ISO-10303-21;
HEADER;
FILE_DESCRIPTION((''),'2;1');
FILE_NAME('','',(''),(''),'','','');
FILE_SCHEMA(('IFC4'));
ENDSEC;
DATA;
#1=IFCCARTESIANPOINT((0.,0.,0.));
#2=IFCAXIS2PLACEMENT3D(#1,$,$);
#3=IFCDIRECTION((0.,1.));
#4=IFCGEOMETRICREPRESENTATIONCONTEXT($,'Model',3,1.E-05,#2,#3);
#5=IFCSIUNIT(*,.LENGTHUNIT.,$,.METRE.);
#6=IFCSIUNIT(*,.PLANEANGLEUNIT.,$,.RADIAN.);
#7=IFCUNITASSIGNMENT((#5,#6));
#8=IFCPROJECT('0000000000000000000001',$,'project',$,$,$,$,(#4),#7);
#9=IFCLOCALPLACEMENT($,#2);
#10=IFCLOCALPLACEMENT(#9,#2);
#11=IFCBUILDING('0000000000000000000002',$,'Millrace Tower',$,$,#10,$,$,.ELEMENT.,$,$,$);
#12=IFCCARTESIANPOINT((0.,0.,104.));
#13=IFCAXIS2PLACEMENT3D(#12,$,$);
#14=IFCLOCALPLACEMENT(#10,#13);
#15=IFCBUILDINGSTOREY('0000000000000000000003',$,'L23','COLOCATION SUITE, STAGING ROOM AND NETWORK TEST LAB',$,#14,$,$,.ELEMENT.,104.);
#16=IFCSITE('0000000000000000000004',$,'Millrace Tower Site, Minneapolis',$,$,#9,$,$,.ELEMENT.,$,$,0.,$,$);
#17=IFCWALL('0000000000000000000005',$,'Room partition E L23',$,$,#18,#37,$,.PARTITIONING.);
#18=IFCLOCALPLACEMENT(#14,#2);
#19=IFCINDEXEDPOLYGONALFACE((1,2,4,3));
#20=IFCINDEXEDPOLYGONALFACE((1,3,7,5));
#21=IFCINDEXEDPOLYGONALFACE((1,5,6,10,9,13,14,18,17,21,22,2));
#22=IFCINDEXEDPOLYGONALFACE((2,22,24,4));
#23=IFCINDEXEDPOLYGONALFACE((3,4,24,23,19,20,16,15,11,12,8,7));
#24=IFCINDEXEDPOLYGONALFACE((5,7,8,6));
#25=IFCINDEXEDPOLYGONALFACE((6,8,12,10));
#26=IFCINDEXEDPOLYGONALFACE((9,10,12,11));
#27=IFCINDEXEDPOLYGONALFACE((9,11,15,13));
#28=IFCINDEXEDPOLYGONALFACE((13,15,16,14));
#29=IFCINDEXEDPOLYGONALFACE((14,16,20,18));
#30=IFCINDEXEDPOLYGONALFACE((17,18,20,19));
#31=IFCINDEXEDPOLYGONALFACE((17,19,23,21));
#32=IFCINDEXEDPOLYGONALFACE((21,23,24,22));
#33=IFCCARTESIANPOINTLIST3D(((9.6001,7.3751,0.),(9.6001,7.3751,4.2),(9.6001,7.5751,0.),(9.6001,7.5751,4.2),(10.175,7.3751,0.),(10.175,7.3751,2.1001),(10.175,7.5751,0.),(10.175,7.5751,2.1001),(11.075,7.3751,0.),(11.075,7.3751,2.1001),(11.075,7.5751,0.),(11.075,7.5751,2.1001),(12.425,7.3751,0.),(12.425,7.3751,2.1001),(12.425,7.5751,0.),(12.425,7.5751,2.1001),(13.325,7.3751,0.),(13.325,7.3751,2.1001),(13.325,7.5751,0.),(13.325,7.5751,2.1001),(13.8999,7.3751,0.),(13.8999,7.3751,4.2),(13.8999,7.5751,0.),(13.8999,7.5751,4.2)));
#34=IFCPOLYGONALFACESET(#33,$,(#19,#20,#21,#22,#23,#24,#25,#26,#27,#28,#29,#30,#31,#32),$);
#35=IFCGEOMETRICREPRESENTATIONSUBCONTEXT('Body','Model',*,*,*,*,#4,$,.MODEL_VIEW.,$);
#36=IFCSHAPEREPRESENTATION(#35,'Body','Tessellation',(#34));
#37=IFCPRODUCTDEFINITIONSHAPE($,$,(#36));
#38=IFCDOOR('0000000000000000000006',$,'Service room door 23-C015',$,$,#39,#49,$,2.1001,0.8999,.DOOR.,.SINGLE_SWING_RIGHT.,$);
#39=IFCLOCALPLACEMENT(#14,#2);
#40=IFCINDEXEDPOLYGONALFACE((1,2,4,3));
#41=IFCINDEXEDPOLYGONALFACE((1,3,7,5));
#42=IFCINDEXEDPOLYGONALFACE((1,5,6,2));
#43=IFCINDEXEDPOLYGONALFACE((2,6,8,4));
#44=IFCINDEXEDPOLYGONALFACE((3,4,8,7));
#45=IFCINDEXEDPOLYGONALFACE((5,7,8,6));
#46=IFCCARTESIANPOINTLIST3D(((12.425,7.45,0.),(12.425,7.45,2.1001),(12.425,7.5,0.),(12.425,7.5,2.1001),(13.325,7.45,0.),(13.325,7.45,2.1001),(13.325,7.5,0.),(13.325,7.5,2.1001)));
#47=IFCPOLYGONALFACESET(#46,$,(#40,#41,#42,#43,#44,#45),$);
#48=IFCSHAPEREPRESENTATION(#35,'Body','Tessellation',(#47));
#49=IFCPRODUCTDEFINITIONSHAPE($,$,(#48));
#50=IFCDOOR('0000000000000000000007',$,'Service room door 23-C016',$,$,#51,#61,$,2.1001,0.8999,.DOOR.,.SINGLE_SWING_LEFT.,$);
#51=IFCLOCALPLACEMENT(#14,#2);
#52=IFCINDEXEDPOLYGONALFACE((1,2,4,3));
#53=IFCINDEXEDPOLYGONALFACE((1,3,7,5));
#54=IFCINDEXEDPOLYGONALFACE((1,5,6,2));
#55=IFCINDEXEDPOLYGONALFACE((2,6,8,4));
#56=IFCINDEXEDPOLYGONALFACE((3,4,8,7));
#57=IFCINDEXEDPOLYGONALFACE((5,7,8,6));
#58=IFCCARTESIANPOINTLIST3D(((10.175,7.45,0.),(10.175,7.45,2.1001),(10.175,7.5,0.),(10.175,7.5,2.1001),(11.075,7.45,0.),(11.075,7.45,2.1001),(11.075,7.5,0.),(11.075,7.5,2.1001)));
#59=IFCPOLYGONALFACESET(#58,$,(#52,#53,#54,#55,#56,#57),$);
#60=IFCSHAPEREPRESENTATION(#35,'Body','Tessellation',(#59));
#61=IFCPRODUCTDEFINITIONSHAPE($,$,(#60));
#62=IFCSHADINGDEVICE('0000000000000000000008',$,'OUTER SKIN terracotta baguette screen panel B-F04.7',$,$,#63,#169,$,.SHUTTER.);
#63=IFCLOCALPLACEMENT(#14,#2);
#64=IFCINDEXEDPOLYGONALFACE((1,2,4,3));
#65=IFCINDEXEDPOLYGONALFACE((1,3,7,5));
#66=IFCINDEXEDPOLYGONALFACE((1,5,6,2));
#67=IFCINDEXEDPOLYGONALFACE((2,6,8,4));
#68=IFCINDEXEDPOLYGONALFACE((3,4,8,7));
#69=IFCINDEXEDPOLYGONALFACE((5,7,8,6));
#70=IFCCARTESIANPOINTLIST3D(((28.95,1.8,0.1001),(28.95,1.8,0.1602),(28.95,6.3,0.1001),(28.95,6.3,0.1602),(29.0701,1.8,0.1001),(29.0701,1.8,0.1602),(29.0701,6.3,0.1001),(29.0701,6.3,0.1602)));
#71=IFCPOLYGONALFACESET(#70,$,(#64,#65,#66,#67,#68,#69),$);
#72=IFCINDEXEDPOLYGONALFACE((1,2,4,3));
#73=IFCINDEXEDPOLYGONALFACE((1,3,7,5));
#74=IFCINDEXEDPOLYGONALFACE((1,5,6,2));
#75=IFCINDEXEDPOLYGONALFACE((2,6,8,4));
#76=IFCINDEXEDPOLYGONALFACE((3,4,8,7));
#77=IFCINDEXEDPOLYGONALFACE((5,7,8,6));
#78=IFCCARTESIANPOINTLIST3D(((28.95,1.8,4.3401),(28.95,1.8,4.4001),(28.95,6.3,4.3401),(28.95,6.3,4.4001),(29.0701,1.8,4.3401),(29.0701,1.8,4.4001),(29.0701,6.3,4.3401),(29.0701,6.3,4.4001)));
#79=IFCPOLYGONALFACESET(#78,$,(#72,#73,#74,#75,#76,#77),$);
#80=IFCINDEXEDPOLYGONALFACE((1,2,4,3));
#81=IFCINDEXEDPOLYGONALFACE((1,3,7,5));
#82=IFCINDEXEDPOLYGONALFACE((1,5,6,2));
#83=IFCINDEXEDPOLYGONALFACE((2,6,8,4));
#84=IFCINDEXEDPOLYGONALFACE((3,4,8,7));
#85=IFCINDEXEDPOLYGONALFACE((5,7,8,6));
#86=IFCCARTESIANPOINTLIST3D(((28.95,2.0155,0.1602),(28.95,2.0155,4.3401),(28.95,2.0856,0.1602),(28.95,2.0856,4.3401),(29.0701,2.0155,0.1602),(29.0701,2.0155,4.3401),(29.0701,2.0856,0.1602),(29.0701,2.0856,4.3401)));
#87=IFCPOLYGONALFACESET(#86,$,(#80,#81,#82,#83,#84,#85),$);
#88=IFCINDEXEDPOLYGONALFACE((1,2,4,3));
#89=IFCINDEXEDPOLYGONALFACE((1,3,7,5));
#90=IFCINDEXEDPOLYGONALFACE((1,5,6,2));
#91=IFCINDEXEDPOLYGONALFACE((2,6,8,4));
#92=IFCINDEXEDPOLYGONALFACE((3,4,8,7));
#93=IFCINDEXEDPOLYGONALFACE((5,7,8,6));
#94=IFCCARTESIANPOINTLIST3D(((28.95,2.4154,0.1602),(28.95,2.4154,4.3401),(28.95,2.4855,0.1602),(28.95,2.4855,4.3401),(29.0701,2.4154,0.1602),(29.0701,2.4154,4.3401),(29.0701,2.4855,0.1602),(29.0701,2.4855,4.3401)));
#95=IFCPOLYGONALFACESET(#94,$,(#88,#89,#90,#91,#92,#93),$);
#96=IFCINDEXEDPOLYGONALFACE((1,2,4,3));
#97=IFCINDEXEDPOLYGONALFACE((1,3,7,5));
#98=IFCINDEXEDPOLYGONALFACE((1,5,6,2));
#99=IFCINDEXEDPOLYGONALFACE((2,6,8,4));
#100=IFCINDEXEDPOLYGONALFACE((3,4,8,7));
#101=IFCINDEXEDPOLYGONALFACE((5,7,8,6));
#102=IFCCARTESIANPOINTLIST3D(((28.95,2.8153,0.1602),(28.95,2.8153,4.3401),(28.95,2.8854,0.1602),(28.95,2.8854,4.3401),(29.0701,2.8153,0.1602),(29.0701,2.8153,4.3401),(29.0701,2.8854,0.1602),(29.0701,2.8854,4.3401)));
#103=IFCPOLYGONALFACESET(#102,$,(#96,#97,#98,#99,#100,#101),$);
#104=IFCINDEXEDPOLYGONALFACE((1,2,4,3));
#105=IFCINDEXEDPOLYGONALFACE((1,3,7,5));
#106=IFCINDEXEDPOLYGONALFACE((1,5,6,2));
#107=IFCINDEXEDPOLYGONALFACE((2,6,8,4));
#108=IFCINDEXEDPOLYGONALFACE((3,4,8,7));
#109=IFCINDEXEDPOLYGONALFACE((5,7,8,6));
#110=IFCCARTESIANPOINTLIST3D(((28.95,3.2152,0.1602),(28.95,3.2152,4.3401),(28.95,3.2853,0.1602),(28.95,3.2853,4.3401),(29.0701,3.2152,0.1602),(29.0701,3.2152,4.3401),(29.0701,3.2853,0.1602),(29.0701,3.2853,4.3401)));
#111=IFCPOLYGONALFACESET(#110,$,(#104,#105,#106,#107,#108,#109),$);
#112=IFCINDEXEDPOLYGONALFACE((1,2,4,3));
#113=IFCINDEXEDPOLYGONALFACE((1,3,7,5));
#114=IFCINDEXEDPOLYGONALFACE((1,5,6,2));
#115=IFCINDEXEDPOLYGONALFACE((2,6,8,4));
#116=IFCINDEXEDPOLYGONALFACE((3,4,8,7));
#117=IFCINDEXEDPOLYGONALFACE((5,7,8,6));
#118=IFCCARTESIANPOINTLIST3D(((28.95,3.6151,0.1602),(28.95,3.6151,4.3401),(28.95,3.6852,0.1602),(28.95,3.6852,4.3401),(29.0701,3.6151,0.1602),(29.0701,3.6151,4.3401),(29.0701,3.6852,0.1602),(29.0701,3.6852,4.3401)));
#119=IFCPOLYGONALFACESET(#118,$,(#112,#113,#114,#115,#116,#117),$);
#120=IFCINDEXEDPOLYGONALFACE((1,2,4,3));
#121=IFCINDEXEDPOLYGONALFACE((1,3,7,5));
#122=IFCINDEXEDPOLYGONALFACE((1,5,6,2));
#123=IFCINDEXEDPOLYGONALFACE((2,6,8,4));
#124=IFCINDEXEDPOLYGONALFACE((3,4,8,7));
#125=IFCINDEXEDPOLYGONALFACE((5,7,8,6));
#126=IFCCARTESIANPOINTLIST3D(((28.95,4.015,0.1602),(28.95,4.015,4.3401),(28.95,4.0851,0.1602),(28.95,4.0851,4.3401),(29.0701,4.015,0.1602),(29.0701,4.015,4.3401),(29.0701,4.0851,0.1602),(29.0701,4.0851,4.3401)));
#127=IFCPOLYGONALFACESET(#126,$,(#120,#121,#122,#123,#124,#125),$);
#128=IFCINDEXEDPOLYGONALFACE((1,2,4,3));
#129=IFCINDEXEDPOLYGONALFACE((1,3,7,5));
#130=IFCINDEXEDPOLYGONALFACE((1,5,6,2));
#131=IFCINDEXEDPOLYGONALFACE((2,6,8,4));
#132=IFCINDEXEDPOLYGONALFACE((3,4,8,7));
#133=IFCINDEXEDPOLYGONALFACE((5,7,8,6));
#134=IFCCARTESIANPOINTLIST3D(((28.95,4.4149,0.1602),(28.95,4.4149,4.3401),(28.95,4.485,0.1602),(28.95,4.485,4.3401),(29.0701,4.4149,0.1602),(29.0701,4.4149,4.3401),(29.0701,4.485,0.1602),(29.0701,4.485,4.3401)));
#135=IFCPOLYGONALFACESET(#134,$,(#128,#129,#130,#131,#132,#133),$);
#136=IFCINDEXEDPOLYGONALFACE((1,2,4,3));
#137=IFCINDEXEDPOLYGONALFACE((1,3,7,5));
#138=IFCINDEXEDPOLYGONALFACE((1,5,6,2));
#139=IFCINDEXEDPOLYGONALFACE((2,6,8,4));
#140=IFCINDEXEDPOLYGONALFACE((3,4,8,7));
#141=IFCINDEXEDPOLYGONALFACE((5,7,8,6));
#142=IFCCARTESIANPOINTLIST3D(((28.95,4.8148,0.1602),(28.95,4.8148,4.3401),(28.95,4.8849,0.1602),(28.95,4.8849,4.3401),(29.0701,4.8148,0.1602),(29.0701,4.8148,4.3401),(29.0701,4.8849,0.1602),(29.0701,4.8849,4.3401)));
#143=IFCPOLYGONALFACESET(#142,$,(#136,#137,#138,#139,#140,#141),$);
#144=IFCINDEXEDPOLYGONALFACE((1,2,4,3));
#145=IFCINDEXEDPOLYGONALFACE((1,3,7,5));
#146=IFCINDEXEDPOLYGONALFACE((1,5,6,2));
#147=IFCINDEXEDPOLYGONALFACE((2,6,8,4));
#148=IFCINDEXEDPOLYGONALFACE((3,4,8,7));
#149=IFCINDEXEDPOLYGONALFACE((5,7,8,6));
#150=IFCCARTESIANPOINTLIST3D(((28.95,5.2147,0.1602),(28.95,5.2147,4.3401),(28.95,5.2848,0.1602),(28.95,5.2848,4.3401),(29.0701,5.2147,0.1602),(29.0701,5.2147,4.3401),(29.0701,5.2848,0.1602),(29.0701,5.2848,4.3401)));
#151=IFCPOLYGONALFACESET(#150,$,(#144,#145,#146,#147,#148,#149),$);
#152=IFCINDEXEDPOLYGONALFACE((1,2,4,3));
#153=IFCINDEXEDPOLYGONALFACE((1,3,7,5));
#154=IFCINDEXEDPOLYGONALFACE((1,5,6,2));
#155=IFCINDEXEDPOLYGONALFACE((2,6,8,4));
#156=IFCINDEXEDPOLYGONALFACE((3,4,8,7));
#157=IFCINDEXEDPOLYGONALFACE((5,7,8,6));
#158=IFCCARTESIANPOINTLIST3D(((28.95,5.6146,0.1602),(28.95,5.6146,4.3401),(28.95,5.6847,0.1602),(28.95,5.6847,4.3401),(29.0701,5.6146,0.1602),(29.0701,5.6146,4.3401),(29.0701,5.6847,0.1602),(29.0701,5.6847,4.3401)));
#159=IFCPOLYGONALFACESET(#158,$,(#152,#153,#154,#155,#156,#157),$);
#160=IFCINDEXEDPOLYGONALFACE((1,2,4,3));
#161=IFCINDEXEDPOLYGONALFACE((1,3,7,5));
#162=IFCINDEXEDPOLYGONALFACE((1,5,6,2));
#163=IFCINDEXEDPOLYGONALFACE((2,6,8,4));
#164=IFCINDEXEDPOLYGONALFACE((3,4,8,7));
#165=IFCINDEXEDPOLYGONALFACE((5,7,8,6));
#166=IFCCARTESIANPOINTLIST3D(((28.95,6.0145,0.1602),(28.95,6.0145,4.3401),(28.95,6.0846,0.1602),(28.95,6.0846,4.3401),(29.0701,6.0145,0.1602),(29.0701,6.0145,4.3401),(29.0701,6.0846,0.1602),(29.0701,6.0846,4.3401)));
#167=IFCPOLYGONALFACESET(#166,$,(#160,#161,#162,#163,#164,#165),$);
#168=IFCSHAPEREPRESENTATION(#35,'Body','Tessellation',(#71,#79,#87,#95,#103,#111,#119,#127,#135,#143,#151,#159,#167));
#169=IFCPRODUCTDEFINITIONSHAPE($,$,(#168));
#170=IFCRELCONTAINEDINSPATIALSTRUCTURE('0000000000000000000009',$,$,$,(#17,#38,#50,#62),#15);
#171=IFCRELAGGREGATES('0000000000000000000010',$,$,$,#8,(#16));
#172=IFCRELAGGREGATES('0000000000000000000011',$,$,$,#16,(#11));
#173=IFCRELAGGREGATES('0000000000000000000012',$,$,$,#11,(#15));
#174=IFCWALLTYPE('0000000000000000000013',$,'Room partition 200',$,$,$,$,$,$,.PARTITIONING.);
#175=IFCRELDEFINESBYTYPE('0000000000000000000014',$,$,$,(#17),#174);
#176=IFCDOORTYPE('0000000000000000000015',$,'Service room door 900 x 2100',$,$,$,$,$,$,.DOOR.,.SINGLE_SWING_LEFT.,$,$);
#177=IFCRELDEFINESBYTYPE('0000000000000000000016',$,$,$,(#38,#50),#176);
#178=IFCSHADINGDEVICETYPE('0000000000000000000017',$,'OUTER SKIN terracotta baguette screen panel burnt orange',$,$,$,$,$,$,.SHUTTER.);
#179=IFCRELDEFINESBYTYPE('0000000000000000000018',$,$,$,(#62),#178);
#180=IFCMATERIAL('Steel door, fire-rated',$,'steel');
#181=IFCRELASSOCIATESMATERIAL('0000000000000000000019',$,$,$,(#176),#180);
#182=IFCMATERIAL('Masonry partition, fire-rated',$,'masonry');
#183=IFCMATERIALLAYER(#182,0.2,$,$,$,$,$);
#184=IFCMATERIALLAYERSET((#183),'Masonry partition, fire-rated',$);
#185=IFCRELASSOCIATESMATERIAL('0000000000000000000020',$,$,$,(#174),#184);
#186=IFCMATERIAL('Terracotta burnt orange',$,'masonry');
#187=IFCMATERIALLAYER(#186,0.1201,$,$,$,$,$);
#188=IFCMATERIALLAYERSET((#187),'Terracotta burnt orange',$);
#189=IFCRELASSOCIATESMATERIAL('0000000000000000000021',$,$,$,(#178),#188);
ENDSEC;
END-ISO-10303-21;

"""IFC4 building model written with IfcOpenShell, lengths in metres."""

from ifc_helpers import new_model, entity, si_unit, direction, frame, frame_2d, origin, origin_2d, place, context, subcontext, project, spatial, rectangle, extrude, source, transform, mapped, material, layer, layer_set, type_object, element, fill, save


model = new_model("IFC4")

# Units and contexts
model_context = context("Model", 3, precision=1e-05, world=origin(), true_north=direction((0.0, 1.0)))
body_context = subcontext(model_context, "Body", "Model", "MODEL_VIEW")
ifc_project = project(units=[si_unit("LENGTHUNIT", "METRE"), si_unit("PLANEANGLEUNIT", "RADIAN")], contexts=[model_context])

# Site, building, storey
site_placement = place(None, origin())
site = spatial("IfcSite", under=ifc_project, at=site_placement, Name="Millrace Tower Site, Minneapolis", CompositionType="ELEMENT", RefElevation=0.0)
building_placement = place(site_placement, origin())
building = spatial("IfcBuilding", under=site, at=building_placement, Name="Millrace Tower", CompositionType="ELEMENT")
storey_placement = place(building_placement, frame((0.0, 0.0, 104.0)))
storey = spatial("IfcBuildingStorey", under=building, at=storey_placement, Name="L23", Description="COLOCATION SUITE, STAGING ROOM AND NETWORK TEST LAB", CompositionType="ELEMENT", Elevation=104.0)

# Shared definitions
ifc_material_1 = material(Name="Steel door, fire-rated", Category="steel")
door_type_1 = type_object("IfcDoorType", Name="Service room door 900 x 2100", OperationType="SINGLE_SWING_LEFT", PredefinedType="DOOR", material=ifc_material_1)

# Wall, openings, doors
ifc_material_2 = material(Name="Masonry partition, fire-rated", Category="masonry")
ifc_layer_1 = layer(ifc_material_2, 0.2)
ifc_layer_set_1 = layer_set([ifc_layer_1], Name="Masonry partition, fire-rated")
wall_type_1 = type_object("IfcWallType", Name="Room partition 200", PredefinedType="PARTITIONING", material=ifc_layer_set_1)
wall_1_placement = place(storey_placement, frame((13.8999, 7.4751, 0.0), z_axis=(0.0, 0.0, 1.0), x_axis=(-1.0, 0.0, 0.0)))
wall_1 = element("IfcWall", 1, at=wall_1_placement, inside=storey, type_object=wall_type_1, Name="Room partition E L23", PredefinedType="PARTITIONING", context=body_context, shape_type="SweptSolid", body=[
    extrude(rectangle(XDim=4.2998, YDim=0.2, at=frame_2d((2.1499, 0.0))), origin(), (0.0, 0.0, 1.0), 4.2),
])
opening_1_placement = place(wall_1_placement, frame((0.575, 0.0, 0.0)))
opening_1 = element("IfcOpeningElement", 2, at=opening_1_placement, cuts=wall_1, PredefinedType="OPENING", context=body_context, shape_type="SweptSolid", body=[
    extrude(rectangle(XDim=0.8999, YDim=2.1001, at=frame_2d((0.45, 1.05))), frame((0.0, 0.1099, 0.0), z_axis=(0.0, -1.0, 0.0), x_axis=(1.0, 0.0, 0.0)), (0.0, 0.0, 1.0), 0.22),
])
opening_2_placement = place(wall_1_placement, frame((2.825, 0.0, 0.0)))
opening_2 = element("IfcOpeningElement", 3, at=opening_2_placement, cuts=wall_1, PredefinedType="OPENING", context=body_context, shape_type="SweptSolid", body=[
    extrude(rectangle(XDim=0.8999, YDim=2.1001, at=frame_2d((0.45, 1.05))), frame((0.0, 0.1099, 0.0), z_axis=(0.0, -1.0, 0.0), x_axis=(1.0, 0.0, 0.0)), (0.0, 0.0, 1.0), 0.22),
])
door_1_placement = place(opening_1_placement, frame((0.8999, 0.0, 0.0), z_axis=(0.0, 0.0, 1.0), x_axis=(-1.0, 0.0, 0.0)))
door_1 = element("IfcDoor", 4, at=door_1_placement, inside=storey, type_object=door_type_1, Name="Service room door 23-C015", OperationType="SINGLE_SWING_RIGHT", OverallHeight=2.1001, OverallWidth=0.8999, PredefinedType="DOOR", context=body_context, shape_type="SweptSolid", body=[
    extrude(rectangle(XDim=0.8999, YDim=2.1001, at=frame_2d((0.45, 1.05))), frame((0.0, 0.0249, 0.0), z_axis=(0.0, -1.0, 0.0), x_axis=(1.0, 0.0, 0.0)), (0.0, 0.0, 1.0), 0.05),
])
fill(opening_1, door_1)
door_2_placement = place(opening_2_placement, frame((0.8999, 0.0, 0.0), z_axis=(0.0, 0.0, 1.0), x_axis=(-1.0, 0.0, 0.0)))
door_2 = element("IfcDoor", 5, at=door_2_placement, inside=storey, type_object=door_type_1, Name="Service room door 23-C016", OperationType="SINGLE_SWING_LEFT", OverallHeight=2.1001, OverallWidth=0.8999, PredefinedType="DOOR", context=body_context, shape_type="SweptSolid", body=[
    extrude(rectangle(XDim=0.8999, YDim=2.1001, at=frame_2d((0.45, 1.05))), frame((0.0, 0.0249, 0.0), z_axis=(0.0, -1.0, 0.0), x_axis=(1.0, 0.0, 0.0)), (0.0, 0.0, 1.0), 0.05),
])
fill(opening_2, door_2)

# Shading device
ifc_material_3 = material(Name="Terracotta burnt orange", Category="masonry")
ifc_layer_2 = layer(ifc_material_3, 0.1201)
ifc_layer_set_2 = layer_set([ifc_layer_2], Name="Terracotta burnt orange")
shading_device_type = type_object("IfcShadingDeviceType", Name="OUTER SKIN terracotta baguette screen panel burnt orange", PredefinedType="SHUTTER", material=ifc_layer_set_2)
cartesian_point = entity("IfcCartesianPoint", [-2.25, 0.0601])
shared_polyline = entity("IfcPolyline", [cartesian_point, entity("IfcCartesianPoint", [2.25, 0.0601]), entity("IfcCartesianPoint", [2.25, -0.0601]), entity("IfcCartesianPoint", [-2.25, -0.0601]), cartesian_point])
shared_shape = source(origin(), body_context, "Body", "SweptSolid", [
    entity("IfcExtrudedAreaSolid", entity("IfcArbitraryClosedProfileDef", "AREA", None, shared_polyline), entity("IfcAxis2Placement3D", entity("IfcCartesianPoint", [0.0, 0.0, 0.0])), entity("IfcDirection", [0.0, 0.0, 1.0]), 0.0601),
    entity("IfcExtrudedAreaSolid", entity("IfcArbitraryClosedProfileDef", "AREA", None, shared_polyline), entity("IfcAxis2Placement3D", entity("IfcCartesianPoint", [0.0, 0.0, 4.24])), entity("IfcDirection", [0.0, 0.0, 1.0]), 0.0601),
    extrude(rectangle(XDim=0.0701, YDim=0.1201, at=frame_2d((-1.9995, 0.0))), frame((0.0, 0.0, 0.0601)), (0.0, 0.0, 1.0), 4.1799),
    extrude(rectangle(XDim=0.0701, YDim=0.1201, at=frame_2d((-1.5996, 0.0))), frame((0.0, 0.0, 0.0601)), (0.0, 0.0, 1.0), 4.1799),
    extrude(rectangle(XDim=0.0701, YDim=0.1201, at=frame_2d((-1.1997, 0.0))), frame((0.0, 0.0, 0.0601)), (0.0, 0.0, 1.0), 4.1799),
    extrude(rectangle(XDim=0.0701, YDim=0.1201, at=frame_2d((-0.7998, 0.0))), frame((0.0, 0.0, 0.0601)), (0.0, 0.0, 1.0), 4.1799),
    extrude(rectangle(XDim=0.0701, YDim=0.1201, at=frame_2d((-0.3999, 0.0))), frame((0.0, 0.0, 0.0601)), (0.0, 0.0, 1.0), 4.1799),
    extrude(rectangle(XDim=0.0701, YDim=0.1201, at=origin_2d()), frame((0.0, 0.0, 0.0601)), (0.0, 0.0, 1.0), 4.1799),
    extrude(rectangle(XDim=0.0701, YDim=0.1201, at=frame_2d((0.3999, 0.0))), frame((0.0, 0.0, 0.0601)), (0.0, 0.0, 1.0), 4.1799),
    extrude(rectangle(XDim=0.0701, YDim=0.1201, at=frame_2d((0.7998, 0.0))), frame((0.0, 0.0, 0.0601)), (0.0, 0.0, 1.0), 4.1799),
    extrude(rectangle(XDim=0.0701, YDim=0.1201, at=frame_2d((1.1997, 0.0))), frame((0.0, 0.0, 0.0601)), (0.0, 0.0, 1.0), 4.1799),
    extrude(rectangle(XDim=0.0701, YDim=0.1201, at=frame_2d((1.5996, 0.0))), frame((0.0, 0.0, 0.0601)), (0.0, 0.0, 1.0), 4.1799),
    extrude(rectangle(XDim=0.0701, YDim=0.1201, at=frame_2d((1.9995, 0.0))), frame((0.0, 0.0, 0.0601)), (0.0, 0.0, 1.0), 4.1799),
])
for number, where, z_axis, x_axis, name in (
    (6, (29.01, 4.05, 0.1001), (0.0, 0.0, 1.0), (0.0, 1.0, 0.0), "OUTER SKIN terracotta baguette screen panel B-F04.7"),
):
    element("IfcShadingDevice", number, at=place(storey_placement, frame(where, z_axis=z_axis, x_axis=x_axis)), inside=storey, type_object=shading_device_type, Name=name, PredefinedType="SHUTTER", context=body_context, shape_type="MappedRepresentation", body=[
        mapped(shared_shape, transform((0.0, 0.0, 0.0), scale=1.0)),
    ])

save(model, "model.ifc")
